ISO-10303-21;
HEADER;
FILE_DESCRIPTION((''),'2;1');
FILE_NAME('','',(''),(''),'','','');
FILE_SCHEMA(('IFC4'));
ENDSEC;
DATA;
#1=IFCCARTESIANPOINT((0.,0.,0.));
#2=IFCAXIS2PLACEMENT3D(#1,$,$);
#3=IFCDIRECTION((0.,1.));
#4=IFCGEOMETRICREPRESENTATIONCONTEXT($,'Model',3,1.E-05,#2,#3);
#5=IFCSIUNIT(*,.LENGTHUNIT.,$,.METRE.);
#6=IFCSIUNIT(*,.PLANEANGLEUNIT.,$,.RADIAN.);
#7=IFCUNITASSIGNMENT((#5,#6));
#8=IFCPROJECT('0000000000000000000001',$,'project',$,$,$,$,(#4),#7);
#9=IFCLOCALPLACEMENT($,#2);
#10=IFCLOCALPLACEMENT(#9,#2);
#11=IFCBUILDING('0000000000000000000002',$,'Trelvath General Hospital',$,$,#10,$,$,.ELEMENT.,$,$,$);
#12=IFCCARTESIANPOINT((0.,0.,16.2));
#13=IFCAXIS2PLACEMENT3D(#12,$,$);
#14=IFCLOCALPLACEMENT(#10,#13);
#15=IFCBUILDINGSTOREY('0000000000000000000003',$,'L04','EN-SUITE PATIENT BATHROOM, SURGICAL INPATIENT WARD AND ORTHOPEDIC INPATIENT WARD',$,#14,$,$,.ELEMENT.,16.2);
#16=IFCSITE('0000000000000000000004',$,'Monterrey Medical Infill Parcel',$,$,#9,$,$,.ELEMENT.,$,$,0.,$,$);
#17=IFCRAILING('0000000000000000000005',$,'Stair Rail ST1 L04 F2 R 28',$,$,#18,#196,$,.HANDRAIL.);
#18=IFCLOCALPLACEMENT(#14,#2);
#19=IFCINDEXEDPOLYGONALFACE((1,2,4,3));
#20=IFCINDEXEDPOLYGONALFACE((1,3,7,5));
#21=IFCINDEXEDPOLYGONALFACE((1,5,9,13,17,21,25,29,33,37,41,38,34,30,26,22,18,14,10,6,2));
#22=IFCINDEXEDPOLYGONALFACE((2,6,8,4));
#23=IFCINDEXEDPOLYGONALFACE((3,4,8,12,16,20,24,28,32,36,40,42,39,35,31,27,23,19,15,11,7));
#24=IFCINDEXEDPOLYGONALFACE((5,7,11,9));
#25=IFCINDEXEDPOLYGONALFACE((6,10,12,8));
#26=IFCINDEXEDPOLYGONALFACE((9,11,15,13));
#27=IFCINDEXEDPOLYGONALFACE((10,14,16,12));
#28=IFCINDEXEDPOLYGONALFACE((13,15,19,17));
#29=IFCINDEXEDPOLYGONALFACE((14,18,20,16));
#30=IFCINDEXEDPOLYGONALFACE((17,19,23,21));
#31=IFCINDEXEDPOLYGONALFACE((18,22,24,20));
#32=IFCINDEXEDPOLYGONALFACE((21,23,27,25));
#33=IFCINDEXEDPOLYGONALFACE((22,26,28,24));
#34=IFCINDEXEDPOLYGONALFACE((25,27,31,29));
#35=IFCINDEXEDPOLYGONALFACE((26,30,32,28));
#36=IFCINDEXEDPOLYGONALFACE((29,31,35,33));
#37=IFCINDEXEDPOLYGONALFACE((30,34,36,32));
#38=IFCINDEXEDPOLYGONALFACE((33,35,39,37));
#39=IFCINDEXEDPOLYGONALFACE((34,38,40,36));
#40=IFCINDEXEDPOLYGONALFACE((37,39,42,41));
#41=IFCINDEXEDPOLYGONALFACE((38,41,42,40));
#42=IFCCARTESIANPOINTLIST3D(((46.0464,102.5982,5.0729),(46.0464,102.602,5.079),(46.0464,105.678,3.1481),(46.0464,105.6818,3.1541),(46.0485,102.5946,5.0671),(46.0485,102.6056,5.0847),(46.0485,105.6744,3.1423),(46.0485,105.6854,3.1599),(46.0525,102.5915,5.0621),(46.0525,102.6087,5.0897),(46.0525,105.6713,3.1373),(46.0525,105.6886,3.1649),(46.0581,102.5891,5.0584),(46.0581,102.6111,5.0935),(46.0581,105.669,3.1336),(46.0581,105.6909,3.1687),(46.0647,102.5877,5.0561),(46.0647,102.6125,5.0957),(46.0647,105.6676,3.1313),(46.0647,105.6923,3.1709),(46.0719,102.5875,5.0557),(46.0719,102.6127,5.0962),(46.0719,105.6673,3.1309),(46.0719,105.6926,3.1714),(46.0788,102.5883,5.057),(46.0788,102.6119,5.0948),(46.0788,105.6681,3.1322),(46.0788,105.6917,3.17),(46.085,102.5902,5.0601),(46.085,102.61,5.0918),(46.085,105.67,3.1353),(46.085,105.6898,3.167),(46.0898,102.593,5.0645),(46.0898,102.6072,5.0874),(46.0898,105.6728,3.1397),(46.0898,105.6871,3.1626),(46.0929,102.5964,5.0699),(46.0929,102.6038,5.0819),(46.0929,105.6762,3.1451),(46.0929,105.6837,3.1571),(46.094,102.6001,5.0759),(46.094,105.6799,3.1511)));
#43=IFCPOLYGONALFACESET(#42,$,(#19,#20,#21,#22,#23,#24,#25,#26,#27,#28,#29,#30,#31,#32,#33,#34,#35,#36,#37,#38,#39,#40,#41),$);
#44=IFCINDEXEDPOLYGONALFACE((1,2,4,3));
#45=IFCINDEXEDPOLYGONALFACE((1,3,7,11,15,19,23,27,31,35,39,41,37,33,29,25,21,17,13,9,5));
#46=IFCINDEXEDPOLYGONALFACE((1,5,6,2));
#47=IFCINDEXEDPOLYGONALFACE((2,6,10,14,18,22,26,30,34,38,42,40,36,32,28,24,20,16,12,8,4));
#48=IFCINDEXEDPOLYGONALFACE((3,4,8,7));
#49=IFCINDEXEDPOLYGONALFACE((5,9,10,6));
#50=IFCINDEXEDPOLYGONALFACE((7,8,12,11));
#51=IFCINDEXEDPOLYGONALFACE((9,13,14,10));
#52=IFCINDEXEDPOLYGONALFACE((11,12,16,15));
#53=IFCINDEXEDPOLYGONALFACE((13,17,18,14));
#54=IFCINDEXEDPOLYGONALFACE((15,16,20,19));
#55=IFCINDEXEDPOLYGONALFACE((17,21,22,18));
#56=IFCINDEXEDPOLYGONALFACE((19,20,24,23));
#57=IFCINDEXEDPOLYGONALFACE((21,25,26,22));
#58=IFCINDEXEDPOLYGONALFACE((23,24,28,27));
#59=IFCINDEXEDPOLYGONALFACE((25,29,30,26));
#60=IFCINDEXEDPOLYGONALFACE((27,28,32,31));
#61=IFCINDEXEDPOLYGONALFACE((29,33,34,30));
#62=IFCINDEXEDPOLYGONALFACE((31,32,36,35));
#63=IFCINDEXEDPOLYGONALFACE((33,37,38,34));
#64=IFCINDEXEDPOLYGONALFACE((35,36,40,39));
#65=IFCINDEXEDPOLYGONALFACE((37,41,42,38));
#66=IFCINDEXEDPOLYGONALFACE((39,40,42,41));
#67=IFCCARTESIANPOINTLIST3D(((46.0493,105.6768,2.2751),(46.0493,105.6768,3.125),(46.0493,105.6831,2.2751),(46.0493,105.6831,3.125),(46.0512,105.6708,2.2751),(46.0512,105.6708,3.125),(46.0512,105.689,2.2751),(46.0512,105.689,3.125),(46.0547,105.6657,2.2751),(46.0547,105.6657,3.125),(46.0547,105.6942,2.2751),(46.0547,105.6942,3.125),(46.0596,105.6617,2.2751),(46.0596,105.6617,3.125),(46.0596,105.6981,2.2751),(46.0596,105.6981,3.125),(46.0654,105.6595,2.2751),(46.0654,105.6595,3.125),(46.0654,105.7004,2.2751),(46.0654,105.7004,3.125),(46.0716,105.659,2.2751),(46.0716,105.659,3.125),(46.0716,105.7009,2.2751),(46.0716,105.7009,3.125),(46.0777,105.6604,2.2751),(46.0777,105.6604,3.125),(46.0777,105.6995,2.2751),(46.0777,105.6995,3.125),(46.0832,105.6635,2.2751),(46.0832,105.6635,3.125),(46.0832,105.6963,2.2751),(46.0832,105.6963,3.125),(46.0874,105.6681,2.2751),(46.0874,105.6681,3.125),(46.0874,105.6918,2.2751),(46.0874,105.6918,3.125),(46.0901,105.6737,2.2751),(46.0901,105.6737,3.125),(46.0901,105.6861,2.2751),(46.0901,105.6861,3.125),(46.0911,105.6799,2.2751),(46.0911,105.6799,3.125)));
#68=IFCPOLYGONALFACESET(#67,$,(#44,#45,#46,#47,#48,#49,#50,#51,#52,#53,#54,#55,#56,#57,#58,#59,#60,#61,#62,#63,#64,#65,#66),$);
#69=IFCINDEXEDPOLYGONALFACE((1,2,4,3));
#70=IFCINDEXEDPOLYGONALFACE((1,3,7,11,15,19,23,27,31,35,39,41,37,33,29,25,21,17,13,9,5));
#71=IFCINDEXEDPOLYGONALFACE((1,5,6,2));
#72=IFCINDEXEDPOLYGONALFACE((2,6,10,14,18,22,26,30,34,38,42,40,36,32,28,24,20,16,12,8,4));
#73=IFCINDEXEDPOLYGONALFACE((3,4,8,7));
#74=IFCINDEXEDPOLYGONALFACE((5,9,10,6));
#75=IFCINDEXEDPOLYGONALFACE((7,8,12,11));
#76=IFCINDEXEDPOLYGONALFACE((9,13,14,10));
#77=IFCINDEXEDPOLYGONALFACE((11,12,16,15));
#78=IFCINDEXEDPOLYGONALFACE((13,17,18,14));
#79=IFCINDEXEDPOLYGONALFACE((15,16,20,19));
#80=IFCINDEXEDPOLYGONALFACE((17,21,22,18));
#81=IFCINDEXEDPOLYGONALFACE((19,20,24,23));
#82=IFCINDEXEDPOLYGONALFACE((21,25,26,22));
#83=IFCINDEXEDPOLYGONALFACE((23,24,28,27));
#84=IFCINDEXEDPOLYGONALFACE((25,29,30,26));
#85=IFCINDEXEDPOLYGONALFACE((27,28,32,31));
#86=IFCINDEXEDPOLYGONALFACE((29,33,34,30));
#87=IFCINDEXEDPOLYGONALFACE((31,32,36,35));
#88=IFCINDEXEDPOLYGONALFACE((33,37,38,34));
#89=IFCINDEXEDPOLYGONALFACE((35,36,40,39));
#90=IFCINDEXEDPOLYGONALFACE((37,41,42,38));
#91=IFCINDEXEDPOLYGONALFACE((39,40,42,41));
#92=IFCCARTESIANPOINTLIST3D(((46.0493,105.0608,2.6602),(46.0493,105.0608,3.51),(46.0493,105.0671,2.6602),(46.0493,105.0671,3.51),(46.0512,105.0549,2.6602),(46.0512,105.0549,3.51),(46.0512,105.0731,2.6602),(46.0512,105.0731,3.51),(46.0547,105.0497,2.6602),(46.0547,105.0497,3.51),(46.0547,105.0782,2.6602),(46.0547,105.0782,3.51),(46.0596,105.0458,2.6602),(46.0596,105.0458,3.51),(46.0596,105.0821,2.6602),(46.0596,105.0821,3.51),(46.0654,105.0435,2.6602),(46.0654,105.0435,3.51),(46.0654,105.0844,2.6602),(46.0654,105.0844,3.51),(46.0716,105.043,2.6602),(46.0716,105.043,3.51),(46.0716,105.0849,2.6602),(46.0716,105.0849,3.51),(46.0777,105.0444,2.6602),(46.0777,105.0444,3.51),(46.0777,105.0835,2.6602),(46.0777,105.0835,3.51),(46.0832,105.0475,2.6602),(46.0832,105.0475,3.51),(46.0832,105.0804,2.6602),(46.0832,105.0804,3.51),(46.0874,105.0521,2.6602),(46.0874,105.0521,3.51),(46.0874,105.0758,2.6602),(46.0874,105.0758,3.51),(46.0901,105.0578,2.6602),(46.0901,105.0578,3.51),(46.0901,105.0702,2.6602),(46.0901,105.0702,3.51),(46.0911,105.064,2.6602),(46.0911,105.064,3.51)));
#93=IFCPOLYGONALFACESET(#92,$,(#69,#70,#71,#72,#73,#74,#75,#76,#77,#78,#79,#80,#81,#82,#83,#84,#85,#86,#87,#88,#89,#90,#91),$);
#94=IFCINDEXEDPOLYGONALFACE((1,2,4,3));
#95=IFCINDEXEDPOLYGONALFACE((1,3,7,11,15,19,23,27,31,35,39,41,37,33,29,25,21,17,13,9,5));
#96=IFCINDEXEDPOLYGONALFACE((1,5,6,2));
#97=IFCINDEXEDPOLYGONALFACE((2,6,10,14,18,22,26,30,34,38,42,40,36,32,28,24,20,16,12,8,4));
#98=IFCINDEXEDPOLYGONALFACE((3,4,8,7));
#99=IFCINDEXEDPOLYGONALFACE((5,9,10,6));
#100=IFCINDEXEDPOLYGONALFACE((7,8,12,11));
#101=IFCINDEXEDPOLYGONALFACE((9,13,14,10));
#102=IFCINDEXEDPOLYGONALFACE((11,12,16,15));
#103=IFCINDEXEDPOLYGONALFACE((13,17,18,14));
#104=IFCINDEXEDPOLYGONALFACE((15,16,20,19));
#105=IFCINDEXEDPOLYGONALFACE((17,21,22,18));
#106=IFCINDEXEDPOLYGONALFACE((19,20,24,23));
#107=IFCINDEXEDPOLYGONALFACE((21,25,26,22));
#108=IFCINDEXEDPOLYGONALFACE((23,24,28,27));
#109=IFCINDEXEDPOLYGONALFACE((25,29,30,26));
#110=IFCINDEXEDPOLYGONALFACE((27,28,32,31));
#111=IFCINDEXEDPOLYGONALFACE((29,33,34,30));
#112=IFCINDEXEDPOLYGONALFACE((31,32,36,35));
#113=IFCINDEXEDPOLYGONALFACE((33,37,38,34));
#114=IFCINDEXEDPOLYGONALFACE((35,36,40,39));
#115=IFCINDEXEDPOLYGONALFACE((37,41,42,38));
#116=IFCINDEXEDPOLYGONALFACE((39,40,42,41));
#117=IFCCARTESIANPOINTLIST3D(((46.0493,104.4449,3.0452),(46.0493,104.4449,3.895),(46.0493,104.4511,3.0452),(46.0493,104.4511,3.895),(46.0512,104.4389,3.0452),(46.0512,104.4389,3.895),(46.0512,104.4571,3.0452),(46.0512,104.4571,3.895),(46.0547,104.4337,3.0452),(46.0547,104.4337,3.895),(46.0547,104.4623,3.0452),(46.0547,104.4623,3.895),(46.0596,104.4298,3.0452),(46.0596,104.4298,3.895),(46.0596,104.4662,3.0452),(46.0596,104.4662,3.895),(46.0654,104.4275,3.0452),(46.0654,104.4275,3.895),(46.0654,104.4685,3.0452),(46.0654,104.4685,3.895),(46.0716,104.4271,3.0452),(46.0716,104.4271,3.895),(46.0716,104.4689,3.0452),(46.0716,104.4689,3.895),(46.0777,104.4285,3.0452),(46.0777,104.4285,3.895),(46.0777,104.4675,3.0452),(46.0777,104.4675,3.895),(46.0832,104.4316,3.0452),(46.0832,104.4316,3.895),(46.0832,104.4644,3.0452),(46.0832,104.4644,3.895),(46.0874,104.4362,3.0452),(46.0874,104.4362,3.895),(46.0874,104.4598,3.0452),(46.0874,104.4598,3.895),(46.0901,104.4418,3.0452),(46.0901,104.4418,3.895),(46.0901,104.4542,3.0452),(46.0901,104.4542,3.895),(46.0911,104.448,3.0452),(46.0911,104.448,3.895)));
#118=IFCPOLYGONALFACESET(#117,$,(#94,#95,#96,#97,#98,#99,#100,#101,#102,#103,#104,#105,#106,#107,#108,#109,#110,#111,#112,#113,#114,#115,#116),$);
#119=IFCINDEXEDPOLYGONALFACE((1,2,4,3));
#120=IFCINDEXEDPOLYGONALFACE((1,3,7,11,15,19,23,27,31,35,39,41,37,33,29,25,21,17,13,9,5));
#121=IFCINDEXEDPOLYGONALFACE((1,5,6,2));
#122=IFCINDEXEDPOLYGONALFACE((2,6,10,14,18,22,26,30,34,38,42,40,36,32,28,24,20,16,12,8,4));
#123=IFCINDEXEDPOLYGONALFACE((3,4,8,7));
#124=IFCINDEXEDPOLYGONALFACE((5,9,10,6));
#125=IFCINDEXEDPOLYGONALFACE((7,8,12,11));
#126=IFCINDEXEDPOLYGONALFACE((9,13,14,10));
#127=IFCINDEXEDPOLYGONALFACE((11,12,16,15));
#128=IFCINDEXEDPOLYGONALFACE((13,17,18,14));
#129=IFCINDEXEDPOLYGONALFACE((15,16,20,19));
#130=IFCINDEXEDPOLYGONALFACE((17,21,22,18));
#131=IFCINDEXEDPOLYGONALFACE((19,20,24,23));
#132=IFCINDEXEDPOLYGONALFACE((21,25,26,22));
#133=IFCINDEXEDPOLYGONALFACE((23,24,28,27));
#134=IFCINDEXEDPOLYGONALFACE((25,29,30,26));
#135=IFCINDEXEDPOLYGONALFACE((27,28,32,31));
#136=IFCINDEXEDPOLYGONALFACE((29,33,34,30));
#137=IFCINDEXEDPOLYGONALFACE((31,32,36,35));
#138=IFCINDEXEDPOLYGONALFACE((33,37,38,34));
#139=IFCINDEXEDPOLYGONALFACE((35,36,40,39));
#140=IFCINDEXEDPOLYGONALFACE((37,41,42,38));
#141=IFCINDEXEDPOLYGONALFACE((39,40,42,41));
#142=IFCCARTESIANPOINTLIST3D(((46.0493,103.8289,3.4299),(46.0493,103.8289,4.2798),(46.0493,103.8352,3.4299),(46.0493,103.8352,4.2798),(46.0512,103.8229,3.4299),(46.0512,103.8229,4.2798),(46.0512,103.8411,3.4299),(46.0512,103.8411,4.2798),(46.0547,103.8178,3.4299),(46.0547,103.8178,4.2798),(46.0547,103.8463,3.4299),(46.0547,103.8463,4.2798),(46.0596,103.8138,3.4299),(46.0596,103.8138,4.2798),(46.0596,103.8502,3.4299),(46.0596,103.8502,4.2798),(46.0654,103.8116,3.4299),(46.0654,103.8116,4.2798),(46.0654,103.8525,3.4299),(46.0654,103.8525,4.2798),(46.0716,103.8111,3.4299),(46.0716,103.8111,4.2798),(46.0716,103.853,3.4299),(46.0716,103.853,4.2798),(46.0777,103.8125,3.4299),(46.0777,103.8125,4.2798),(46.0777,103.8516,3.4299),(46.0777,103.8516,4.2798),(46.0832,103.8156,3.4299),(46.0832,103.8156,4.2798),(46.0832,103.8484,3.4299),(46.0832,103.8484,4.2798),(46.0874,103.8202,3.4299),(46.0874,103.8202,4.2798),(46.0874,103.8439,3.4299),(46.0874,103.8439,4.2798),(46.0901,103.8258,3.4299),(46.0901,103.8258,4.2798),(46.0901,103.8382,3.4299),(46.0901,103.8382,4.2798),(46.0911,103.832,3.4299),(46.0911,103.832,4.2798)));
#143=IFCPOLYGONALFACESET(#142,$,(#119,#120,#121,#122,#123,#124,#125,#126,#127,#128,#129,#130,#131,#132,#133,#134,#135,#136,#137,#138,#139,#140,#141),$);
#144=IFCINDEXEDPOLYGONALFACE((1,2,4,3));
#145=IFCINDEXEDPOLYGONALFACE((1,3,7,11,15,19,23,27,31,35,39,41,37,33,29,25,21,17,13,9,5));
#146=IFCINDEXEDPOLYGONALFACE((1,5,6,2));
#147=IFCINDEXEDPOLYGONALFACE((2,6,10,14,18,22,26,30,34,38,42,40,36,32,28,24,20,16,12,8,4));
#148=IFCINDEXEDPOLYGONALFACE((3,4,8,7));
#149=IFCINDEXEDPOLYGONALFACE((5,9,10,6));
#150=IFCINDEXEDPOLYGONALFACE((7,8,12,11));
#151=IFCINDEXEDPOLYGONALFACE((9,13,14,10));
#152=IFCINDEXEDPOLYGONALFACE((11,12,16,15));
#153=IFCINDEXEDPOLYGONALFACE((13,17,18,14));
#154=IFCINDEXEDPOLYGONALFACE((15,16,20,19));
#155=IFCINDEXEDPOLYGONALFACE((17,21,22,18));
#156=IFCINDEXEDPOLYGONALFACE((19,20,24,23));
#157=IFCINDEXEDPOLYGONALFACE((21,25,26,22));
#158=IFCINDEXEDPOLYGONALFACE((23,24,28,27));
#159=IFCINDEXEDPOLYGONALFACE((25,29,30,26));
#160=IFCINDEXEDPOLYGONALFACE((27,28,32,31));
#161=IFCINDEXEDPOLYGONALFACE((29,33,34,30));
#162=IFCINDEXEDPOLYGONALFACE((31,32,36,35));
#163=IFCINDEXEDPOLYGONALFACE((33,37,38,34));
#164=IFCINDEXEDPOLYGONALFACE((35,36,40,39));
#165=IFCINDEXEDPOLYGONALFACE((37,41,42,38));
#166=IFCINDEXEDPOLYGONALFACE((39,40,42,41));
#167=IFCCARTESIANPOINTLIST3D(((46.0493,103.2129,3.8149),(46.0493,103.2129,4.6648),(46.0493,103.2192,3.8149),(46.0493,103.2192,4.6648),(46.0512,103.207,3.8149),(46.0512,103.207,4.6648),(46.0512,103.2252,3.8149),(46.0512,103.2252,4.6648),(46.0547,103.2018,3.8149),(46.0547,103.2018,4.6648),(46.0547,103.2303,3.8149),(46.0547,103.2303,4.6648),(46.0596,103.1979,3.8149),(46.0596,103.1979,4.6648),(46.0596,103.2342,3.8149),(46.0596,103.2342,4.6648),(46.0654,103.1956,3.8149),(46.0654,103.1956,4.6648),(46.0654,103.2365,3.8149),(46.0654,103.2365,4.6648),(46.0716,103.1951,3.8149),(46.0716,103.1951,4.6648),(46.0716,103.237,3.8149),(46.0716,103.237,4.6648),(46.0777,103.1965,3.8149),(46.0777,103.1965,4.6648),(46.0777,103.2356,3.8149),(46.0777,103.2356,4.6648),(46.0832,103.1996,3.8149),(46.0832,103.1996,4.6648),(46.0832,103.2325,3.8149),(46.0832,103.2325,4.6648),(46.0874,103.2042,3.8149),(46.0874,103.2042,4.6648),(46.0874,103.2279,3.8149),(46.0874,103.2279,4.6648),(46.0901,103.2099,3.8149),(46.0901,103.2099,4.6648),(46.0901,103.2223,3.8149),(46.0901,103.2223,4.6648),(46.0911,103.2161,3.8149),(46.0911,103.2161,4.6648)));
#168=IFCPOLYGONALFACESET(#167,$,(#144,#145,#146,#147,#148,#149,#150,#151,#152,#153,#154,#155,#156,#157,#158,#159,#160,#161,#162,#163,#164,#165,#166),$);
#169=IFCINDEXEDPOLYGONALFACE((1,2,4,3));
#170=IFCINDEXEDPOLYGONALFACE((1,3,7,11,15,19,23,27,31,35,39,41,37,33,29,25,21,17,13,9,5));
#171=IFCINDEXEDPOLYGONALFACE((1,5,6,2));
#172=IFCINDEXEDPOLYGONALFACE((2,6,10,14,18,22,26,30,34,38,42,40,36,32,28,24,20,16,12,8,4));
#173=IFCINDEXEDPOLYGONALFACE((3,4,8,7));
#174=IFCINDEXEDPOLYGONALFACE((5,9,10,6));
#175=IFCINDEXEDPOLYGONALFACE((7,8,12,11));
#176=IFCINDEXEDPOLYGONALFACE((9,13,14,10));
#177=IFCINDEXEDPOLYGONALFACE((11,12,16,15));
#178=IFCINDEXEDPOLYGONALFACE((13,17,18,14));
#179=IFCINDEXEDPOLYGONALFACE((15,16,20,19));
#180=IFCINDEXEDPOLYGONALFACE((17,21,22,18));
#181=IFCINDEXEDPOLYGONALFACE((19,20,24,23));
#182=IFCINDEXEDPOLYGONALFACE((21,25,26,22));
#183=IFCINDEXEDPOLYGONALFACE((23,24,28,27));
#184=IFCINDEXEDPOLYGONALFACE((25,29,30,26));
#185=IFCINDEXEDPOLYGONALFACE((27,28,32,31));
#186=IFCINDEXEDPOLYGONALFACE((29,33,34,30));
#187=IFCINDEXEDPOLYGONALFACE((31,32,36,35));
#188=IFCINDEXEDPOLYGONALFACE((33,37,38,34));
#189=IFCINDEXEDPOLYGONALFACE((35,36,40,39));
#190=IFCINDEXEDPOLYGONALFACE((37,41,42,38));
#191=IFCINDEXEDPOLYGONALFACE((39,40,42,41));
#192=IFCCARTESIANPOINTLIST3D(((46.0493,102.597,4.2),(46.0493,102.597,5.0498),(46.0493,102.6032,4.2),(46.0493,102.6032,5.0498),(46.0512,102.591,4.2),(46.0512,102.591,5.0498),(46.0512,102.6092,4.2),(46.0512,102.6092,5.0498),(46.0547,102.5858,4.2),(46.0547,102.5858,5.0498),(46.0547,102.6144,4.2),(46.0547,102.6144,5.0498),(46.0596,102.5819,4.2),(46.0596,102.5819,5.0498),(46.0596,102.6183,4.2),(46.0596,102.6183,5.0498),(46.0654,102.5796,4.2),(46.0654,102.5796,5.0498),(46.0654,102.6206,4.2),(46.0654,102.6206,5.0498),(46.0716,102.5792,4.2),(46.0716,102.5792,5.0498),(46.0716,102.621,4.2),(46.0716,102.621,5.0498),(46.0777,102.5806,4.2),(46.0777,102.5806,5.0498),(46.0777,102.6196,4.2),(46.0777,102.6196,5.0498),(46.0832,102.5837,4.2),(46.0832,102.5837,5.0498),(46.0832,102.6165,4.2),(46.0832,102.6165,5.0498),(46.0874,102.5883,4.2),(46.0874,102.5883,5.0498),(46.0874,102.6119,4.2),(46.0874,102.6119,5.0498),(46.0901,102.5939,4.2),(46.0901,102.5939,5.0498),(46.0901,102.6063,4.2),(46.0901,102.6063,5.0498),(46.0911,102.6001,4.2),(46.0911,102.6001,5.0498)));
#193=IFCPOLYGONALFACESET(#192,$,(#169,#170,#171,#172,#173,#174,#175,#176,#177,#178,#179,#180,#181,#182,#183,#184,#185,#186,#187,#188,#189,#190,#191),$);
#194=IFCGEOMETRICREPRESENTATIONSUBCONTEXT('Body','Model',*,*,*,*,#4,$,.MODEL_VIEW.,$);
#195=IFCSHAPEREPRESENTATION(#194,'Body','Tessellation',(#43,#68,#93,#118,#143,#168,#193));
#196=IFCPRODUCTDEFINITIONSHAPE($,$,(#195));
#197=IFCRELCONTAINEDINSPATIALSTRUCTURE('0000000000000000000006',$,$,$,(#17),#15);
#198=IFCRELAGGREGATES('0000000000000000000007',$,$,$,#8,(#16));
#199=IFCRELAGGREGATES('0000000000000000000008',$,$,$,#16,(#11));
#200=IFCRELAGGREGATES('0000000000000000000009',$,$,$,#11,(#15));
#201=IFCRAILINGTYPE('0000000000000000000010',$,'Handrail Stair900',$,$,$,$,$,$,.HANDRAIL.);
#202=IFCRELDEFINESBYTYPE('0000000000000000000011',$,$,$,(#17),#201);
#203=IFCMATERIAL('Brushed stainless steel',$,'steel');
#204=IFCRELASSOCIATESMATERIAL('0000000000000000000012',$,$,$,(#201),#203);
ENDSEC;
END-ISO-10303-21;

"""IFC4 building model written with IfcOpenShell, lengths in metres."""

from ifc_helpers import new_model, si_unit, direction, frame, origin, origin_2d, place, context, subcontext, project, spatial, circle, extrude, material, type_object, element, save


model = new_model("IFC4")

# Units and contexts
model_context = context("Model", 3, precision=1e-05, world=origin(), true_north=direction((0.0, 1.0)))
body_context = subcontext(model_context, "Body", "Model", "MODEL_VIEW")
ifc_project = project(units=[si_unit("LENGTHUNIT", "METRE"), si_unit("PLANEANGLEUNIT", "RADIAN")], contexts=[model_context])

# Site, building, storey
site_placement = place(None, origin())
site = spatial("IfcSite", under=ifc_project, at=site_placement, Name="Monterrey Medical Infill Parcel", CompositionType="ELEMENT", RefElevation=0.0)
building_placement = place(site_placement, origin())
building = spatial("IfcBuilding", under=site, at=building_placement, Name="Trelvath General Hospital", CompositionType="ELEMENT")
storey_placement = place(building_placement, frame((0.0, 0.0, 16.2)))
storey = spatial("IfcBuildingStorey", under=building, at=storey_placement, Name="L04", Description="EN-SUITE PATIENT BATHROOM, SURGICAL INPATIENT WARD AND ORTHOPEDIC INPATIENT WARD", CompositionType="ELEMENT", Elevation=16.2)

# Railing
ifc_material_1 = material(Name="Brushed stainless steel", Category="steel")
railing_type_1 = type_object("IfcRailingType", Name="Handrail Stair900", PredefinedType="HANDRAIL", material=ifc_material_1)
railing_1_placement = place(storey_placement, frame((46.0701, 105.6799, 2.2751)))
element("IfcRailing", 1, at=railing_1_placement, inside=storey, type_object=railing_type_1, Name="Stair Rail ST1 L04 F2 R 28", PredefinedType="HANDRAIL", context=body_context, shape_type="SweptSolid", body=[
    extrude(circle(Radius=0.0239, at=origin_2d()), frame((0.0, 0.0, 0.876), z_axis=(0.0, -0.84801, 0.529981), x_axis=(1.0, 0.0, 0.0)), (0.0, 0.0, 1.0), 3.6318),
    extrude(circle(Radius=0.021, at=origin_2d()), origin(), (0.0, 0.0, 1.0), 0.8499),
    extrude(circle(Radius=0.021, at=origin_2d()), frame((0.0, -0.616, 0.385)), (0.0, 0.0, 1.0), 0.8499),
    extrude(circle(Radius=0.021, at=origin_2d()), frame((0.0, -1.2319, 0.77)), (0.0, 0.0, 1.0), 0.8499),
    extrude(circle(Radius=0.021, at=origin_2d()), frame((0.0, -1.8479, 1.1548)), (0.0, 0.0, 1.0), 0.8499),
    extrude(circle(Radius=0.021, at=origin_2d()), frame((0.0, -2.4639, 1.5398)), (0.0, 0.0, 1.0), 0.8499),
    extrude(circle(Radius=0.021, at=origin_2d()), frame((0.0, -3.0798, 1.9248)), (0.0, 0.0, 1.0), 0.8499),
])

save(model, "model.ifc")
